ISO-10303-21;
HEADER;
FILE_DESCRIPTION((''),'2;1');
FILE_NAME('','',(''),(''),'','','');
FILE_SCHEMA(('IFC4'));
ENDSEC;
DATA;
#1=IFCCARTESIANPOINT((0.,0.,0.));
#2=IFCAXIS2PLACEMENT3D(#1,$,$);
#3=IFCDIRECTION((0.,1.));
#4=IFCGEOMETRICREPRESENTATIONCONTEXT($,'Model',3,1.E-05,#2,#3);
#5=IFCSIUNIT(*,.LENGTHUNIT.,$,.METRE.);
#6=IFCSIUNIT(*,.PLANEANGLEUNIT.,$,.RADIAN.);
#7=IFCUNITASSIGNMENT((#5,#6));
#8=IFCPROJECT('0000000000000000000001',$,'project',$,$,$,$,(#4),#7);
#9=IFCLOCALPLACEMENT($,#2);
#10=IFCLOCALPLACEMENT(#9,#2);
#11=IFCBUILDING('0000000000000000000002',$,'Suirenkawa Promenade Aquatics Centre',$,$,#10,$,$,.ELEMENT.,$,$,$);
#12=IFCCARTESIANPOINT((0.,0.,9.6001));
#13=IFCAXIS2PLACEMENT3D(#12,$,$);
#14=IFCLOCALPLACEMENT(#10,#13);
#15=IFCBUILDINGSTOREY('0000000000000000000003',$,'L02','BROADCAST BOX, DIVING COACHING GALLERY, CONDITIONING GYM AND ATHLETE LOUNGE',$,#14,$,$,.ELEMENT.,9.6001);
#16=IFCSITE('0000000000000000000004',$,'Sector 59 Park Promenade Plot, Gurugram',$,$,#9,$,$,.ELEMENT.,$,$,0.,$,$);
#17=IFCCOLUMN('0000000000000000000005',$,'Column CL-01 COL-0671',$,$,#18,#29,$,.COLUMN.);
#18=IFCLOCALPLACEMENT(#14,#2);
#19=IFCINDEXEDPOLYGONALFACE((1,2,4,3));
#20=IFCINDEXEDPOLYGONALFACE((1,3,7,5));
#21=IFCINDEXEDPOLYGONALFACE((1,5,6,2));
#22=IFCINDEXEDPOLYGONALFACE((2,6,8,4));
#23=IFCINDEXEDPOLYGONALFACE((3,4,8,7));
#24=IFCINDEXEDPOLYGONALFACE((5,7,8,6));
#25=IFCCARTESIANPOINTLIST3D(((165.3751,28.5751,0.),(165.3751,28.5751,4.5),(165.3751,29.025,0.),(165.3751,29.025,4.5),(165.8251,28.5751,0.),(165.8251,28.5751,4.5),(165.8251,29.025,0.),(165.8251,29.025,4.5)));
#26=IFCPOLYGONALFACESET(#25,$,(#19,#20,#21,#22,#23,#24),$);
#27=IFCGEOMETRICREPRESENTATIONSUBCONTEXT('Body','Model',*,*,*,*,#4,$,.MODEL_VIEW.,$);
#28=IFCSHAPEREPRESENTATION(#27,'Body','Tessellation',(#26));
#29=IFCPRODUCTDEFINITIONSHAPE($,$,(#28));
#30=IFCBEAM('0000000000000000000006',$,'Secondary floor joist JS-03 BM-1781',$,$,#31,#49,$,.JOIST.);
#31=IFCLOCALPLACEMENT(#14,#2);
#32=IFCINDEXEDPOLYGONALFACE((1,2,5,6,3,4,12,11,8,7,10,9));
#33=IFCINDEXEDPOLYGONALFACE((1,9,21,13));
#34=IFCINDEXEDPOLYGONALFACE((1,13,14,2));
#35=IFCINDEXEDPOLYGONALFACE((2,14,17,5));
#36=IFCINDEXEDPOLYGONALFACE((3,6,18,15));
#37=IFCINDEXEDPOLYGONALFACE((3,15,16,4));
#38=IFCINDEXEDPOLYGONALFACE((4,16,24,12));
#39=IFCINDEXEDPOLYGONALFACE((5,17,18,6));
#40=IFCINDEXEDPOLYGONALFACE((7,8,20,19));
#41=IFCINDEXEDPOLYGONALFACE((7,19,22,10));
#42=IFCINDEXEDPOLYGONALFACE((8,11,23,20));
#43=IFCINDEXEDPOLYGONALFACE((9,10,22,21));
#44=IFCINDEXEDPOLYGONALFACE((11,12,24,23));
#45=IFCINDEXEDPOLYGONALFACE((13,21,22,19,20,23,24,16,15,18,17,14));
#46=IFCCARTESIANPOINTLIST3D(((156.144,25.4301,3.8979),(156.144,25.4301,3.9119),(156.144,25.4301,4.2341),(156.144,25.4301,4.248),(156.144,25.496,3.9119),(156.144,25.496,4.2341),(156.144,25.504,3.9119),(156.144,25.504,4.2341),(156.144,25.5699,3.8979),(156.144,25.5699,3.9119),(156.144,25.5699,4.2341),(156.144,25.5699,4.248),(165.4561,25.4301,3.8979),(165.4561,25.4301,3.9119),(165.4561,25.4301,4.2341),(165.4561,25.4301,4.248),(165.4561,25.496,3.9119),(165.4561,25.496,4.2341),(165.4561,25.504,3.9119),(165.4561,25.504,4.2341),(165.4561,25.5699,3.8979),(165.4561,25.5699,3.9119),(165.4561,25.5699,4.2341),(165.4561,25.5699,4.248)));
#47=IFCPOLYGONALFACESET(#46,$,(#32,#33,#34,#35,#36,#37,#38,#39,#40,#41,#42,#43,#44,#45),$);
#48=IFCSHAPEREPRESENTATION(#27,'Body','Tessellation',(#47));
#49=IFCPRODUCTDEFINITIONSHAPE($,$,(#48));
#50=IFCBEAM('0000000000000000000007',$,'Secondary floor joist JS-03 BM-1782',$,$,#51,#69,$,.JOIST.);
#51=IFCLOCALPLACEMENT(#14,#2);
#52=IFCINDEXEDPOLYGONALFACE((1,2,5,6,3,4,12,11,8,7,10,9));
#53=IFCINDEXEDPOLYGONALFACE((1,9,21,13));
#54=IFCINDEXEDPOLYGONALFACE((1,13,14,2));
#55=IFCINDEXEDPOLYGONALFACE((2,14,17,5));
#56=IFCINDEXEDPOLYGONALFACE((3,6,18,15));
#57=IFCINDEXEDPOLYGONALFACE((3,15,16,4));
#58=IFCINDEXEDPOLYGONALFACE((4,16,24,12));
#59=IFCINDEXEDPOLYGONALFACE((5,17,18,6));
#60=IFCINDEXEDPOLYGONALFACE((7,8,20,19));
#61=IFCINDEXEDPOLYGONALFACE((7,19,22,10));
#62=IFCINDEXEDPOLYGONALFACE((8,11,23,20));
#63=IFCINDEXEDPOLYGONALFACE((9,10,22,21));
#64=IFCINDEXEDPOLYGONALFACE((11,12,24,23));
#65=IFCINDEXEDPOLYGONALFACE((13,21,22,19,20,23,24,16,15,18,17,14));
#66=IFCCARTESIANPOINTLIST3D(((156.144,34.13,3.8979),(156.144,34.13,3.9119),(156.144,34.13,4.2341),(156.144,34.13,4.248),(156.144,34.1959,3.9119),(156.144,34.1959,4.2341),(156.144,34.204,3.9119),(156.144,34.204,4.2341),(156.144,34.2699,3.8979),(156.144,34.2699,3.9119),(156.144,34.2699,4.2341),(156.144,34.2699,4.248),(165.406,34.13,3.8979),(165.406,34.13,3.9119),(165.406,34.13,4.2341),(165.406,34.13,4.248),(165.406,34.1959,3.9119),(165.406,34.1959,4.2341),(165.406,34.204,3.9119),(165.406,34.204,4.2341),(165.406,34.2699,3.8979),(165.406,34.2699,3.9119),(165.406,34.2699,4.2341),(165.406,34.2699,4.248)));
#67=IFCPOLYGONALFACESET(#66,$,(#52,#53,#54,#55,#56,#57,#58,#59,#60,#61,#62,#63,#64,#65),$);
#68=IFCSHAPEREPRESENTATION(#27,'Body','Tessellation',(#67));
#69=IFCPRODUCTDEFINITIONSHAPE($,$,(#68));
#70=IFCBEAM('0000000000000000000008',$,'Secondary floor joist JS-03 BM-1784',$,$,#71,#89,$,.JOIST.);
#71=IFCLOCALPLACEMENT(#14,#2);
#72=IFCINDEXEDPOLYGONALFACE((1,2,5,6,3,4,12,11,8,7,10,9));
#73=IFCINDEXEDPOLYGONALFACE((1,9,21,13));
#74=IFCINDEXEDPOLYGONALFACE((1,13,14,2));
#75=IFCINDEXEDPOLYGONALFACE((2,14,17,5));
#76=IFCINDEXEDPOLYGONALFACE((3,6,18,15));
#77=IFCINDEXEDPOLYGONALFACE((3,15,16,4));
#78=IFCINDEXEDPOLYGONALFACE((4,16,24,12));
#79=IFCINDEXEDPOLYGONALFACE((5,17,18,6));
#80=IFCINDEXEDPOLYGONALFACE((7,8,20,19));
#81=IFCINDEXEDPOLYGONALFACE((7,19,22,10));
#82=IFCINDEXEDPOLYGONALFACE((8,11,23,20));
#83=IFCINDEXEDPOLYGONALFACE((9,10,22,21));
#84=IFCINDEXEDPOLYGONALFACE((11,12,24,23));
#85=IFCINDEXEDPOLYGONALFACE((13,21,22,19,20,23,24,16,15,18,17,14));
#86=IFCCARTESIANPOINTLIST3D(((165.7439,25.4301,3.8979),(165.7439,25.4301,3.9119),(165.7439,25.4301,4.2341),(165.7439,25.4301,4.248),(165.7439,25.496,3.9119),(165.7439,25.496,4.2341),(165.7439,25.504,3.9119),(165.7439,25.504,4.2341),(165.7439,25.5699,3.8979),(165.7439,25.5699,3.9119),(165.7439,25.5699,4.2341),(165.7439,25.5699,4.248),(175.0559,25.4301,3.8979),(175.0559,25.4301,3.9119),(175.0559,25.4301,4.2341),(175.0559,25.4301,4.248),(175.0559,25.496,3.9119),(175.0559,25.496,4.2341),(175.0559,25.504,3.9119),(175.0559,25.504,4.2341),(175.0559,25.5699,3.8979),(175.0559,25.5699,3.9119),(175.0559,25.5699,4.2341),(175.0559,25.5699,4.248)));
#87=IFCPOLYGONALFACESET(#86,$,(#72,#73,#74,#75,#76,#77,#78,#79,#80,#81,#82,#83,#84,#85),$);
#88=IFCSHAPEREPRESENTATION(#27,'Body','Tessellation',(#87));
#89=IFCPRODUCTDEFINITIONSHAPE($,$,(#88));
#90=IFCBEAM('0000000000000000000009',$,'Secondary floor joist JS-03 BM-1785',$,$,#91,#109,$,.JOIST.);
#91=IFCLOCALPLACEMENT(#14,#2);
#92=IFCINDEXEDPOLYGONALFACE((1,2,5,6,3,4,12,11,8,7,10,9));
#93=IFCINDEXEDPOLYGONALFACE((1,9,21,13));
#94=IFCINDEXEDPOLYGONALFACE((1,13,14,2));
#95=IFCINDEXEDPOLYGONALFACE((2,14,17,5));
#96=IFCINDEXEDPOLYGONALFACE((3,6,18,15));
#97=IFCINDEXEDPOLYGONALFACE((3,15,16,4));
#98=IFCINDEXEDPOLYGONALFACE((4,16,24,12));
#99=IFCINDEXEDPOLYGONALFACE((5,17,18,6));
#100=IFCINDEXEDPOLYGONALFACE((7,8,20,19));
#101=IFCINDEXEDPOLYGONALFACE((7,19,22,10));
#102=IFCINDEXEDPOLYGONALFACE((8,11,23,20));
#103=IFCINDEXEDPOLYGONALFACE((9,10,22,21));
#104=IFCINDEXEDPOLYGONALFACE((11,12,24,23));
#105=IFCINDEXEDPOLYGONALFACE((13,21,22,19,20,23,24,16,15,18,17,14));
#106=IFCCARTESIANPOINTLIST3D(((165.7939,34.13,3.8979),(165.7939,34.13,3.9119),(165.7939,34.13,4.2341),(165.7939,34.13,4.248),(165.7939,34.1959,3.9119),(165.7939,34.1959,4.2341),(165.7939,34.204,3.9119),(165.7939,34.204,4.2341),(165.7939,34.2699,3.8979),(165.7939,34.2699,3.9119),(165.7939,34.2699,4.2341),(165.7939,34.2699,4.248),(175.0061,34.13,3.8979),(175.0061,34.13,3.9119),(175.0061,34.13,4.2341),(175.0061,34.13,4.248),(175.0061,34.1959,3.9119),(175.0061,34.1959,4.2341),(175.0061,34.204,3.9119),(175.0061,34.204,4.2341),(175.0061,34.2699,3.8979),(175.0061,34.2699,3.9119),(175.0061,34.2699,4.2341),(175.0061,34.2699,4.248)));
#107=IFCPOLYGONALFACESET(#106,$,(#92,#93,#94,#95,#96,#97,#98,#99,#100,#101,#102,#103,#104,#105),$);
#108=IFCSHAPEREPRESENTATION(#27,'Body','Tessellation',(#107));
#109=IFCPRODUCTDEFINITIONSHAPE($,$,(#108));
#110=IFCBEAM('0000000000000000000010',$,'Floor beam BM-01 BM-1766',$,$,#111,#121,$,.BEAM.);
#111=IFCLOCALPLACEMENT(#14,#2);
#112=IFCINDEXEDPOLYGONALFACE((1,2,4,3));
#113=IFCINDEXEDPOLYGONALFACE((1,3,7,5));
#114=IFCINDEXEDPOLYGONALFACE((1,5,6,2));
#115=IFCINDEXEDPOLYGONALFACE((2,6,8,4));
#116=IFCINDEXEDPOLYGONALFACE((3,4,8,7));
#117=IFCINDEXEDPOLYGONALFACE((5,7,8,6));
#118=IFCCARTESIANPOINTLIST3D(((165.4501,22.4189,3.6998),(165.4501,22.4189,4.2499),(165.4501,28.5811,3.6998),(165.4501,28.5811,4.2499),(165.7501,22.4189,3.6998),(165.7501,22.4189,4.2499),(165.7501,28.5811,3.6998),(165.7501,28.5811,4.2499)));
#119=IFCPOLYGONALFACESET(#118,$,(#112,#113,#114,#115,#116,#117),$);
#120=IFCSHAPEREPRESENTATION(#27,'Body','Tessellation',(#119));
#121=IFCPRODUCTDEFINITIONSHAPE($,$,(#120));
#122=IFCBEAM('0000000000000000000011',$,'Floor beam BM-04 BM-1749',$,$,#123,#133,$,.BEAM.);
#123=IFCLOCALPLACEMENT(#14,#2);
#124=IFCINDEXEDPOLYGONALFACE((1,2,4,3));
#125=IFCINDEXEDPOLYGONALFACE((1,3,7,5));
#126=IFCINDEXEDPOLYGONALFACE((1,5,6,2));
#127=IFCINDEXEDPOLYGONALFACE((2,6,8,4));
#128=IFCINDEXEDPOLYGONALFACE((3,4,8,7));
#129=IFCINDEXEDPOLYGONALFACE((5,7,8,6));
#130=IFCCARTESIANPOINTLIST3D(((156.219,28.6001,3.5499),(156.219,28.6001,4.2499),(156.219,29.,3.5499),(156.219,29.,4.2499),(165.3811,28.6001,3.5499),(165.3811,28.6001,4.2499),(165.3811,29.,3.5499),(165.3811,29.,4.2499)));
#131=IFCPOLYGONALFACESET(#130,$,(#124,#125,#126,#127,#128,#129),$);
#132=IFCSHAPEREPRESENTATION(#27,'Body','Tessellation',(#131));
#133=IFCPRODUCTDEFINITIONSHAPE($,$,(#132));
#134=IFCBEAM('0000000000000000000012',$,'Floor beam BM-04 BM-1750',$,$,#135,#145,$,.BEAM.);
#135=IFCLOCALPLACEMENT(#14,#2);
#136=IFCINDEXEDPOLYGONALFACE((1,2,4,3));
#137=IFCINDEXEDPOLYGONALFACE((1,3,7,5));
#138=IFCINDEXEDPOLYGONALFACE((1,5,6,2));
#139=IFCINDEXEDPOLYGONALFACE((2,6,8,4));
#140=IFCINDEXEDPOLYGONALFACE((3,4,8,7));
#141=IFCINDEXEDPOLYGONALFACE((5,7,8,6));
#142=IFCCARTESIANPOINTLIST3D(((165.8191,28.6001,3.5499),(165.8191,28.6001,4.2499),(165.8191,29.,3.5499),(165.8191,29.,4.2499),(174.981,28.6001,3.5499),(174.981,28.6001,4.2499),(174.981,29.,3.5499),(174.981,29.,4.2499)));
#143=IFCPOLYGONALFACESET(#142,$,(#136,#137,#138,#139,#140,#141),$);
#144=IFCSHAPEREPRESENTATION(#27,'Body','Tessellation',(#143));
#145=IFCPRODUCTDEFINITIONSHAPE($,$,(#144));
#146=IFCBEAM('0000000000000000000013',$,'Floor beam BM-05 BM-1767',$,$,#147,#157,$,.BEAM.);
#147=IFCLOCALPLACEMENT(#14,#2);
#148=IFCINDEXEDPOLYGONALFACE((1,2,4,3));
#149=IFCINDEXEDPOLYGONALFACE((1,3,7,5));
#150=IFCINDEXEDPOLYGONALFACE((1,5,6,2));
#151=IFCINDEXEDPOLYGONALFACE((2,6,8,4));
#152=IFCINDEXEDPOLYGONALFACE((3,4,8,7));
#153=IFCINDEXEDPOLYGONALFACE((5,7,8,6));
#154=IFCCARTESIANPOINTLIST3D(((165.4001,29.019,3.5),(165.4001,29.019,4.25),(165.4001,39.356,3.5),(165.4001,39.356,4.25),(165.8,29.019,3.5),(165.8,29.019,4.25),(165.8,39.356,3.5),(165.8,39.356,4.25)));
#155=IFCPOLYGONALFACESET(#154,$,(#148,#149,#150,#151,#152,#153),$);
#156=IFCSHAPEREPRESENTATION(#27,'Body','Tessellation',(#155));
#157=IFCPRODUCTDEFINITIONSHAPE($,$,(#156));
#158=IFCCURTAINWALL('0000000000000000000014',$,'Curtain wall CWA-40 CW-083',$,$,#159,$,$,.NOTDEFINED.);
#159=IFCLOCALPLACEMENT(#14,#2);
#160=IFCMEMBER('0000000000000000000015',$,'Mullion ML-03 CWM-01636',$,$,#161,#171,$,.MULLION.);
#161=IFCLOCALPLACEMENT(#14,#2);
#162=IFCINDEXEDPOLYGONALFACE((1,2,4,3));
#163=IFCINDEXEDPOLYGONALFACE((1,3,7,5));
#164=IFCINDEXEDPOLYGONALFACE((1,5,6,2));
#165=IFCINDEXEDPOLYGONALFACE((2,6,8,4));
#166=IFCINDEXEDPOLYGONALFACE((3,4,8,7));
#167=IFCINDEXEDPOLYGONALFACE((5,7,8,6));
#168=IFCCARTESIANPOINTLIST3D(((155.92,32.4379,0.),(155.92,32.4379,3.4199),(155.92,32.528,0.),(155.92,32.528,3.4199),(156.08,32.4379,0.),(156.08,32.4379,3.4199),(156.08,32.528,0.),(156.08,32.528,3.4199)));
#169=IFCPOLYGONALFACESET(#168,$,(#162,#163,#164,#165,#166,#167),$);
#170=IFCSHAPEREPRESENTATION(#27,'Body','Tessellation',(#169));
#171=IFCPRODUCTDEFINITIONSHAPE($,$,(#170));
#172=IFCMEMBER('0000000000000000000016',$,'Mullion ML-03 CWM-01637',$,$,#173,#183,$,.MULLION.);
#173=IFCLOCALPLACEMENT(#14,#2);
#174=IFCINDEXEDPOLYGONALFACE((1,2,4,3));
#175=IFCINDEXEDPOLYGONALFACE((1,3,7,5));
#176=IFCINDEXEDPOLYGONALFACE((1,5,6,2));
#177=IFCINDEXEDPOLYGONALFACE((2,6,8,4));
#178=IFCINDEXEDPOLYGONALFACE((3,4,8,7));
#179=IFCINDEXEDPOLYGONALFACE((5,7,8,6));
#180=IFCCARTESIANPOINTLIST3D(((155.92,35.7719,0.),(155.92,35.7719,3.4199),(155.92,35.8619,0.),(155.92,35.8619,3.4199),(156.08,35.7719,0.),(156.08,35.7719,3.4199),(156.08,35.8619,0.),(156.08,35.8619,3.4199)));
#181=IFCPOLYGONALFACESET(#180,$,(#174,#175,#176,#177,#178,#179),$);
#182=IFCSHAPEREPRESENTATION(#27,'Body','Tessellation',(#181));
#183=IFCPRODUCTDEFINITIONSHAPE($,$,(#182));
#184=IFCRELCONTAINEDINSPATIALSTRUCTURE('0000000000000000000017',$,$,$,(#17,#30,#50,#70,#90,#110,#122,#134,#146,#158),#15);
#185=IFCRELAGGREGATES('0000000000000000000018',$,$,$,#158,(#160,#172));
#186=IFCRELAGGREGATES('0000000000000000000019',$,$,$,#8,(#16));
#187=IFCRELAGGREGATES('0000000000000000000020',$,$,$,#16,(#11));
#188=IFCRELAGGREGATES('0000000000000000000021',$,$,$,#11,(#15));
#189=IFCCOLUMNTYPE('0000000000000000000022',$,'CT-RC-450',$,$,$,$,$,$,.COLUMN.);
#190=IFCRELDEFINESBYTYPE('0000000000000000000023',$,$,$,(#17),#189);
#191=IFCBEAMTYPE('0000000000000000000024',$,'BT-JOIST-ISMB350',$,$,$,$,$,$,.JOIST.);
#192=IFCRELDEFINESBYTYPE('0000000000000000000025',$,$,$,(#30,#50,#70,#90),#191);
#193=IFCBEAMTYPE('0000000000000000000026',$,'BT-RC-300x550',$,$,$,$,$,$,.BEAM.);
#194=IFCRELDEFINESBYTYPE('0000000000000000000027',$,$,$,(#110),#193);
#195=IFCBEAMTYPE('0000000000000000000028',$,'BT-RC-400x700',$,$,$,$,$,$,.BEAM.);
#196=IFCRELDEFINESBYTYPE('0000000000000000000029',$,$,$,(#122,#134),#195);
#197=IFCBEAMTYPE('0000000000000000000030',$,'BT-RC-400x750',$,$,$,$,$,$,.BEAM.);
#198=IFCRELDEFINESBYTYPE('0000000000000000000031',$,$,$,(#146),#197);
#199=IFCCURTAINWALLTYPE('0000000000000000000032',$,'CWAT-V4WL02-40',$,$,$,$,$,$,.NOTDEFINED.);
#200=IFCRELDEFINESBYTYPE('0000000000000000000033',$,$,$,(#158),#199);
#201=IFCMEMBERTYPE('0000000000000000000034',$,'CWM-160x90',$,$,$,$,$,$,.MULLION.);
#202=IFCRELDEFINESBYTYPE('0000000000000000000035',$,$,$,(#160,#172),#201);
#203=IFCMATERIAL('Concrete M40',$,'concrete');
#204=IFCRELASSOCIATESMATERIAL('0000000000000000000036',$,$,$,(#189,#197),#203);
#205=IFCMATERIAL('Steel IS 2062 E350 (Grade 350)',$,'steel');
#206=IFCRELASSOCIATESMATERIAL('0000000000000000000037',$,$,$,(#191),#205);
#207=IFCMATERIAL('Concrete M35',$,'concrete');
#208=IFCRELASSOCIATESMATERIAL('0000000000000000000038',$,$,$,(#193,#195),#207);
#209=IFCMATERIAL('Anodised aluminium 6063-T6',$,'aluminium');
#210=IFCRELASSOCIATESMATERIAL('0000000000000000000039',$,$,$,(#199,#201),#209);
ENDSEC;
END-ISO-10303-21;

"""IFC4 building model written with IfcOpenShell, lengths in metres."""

from ifc_helpers import new_model, si_unit, direction, frame, origin, origin_2d, place, context, subcontext, project, spatial, rectangle, i_section, extrude, material, material_profile, profile_set, type_object, element, aggregate, save


model = new_model("IFC4")

# Units and contexts
model_context = context("Model", 3, precision=1e-05, world=origin(), true_north=direction((0.0, 1.0)))
body_context = subcontext(model_context, "Body", "Model", "MODEL_VIEW")
ifc_project = project(units=[si_unit("LENGTHUNIT", "METRE"), si_unit("PLANEANGLEUNIT", "RADIAN")], contexts=[model_context])

# Site, building, storey
site_placement = place(None, origin())
site = spatial("IfcSite", under=ifc_project, at=site_placement, Name="Sector 59 Park Promenade Plot, Gurugram", CompositionType="ELEMENT", RefElevation=0.0)
building_placement = place(site_placement, origin())
building = spatial("IfcBuilding", under=site, at=building_placement, Name="Suirenkawa Promenade Aquatics Centre", CompositionType="ELEMENT")
storey_placement = place(building_placement, frame((0.0, 0.0, 9.6001)))
storey = spatial("IfcBuildingStorey", under=building, at=storey_placement, Name="L02", Description="BROADCAST BOX, DIVING COACHING GALLERY, CONDITIONING GYM AND ATHLETE LOUNGE", CompositionType="ELEMENT", Elevation=9.6001)

# Column
ifc_material_1 = material(Name="Concrete M40", Category="concrete")
ifc_material_profile_1 = material_profile(ifc_material_1, rectangle(XDim=0.45, YDim=0.45, at=origin_2d()), Name="RC COL 450x450", Category="concrete")
ifc_profile_set_1 = profile_set([ifc_material_profile_1], Name="Concrete M40")
column_type = type_object("IfcColumnType", Name="CT-RC-450", PredefinedType="COLUMN", material=ifc_profile_set_1)
column_placement = place(storey_placement, frame((165.6001, 28.8, 0.0), z_axis=(0.0, 0.0, 1.0), x_axis=(1.0, 0.0, 0.0)))
element("IfcColumn", 1, at=column_placement, inside=storey, type_object=column_type, Name="Column CL-01 COL-0671", PredefinedType="COLUMN", context=body_context, shape_type="SweptSolid", body=[
    extrude(rectangle(XDim=0.45, YDim=0.45, at=origin_2d()), origin(), (0.0, 0.0, 1.0), 4.5),
])

# Beams
ifc_material_2 = material(Name="Steel IS 2062 E350 (Grade 350)", Category="steel")
ifc_material_profile_2 = material_profile(ifc_material_2, i_section(OverallWidth=0.1399, OverallDepth=0.3501, WebThickness=0.0081, FlangeThickness=0.0139, at=origin_2d()), Name="ISMB 350", Category="steel")
ifc_profile_set_2 = profile_set([ifc_material_profile_2], Name="Steel IS 2062 E350 (Grade 350)")
beam_type_1 = type_object("IfcBeamType", Name="BT-JOIST-ISMB350", PredefinedType="JOIST", material=ifc_profile_set_2)
beam_1_placement = place(storey_placement, frame((156.144, 25.5, 4.073), z_axis=(1.0, 0.0, 0.0), x_axis=(0.0, 1.0, 0.0)))
element("IfcBeam", 2, at=beam_1_placement, inside=storey, type_object=beam_type_1, Name="Secondary floor joist JS-03 BM-1781", PredefinedType="JOIST", context=body_context, shape_type="SweptSolid", body=[
    extrude(i_section(OverallWidth=0.1399, OverallDepth=0.3501, WebThickness=0.0081, FlangeThickness=0.0139, at=origin_2d()), origin(), (0.0, 0.0, 1.0), 9.312),
])
beam_2_placement = place(storey_placement, frame((156.144, 34.2, 4.073), z_axis=(1.0, 0.0, 0.0), x_axis=(0.0, 1.0, 0.0)))
element("IfcBeam", 3, at=beam_2_placement, inside=storey, type_object=beam_type_1, Name="Secondary floor joist JS-03 BM-1782", PredefinedType="JOIST", context=body_context, shape_type="SweptSolid", body=[
    extrude(i_section(OverallWidth=0.1399, OverallDepth=0.3501, WebThickness=0.0081, FlangeThickness=0.0139, at=origin_2d()), origin(), (0.0, 0.0, 1.0), 9.262),
])
beam_3_placement = place(storey_placement, frame((165.7439, 25.5, 4.073), z_axis=(1.0, 0.0, 0.0), x_axis=(0.0, 1.0, 0.0)))
element("IfcBeam", 4, at=beam_3_placement, inside=storey, type_object=beam_type_1, Name="Secondary floor joist JS-03 BM-1784", PredefinedType="JOIST", context=body_context, shape_type="SweptSolid", body=[
    extrude(i_section(OverallWidth=0.1399, OverallDepth=0.3501, WebThickness=0.0081, FlangeThickness=0.0139, at=origin_2d()), origin(), (0.0, 0.0, 1.0), 9.312),
])
beam_4_placement = place(storey_placement, frame((165.7939, 34.2, 4.073), z_axis=(1.0, 0.0, 0.0), x_axis=(0.0, 1.0, 0.0)))
element("IfcBeam", 5, at=beam_4_placement, inside=storey, type_object=beam_type_1, Name="Secondary floor joist JS-03 BM-1785", PredefinedType="JOIST", context=body_context, shape_type="SweptSolid", body=[
    extrude(i_section(OverallWidth=0.1399, OverallDepth=0.3501, WebThickness=0.0081, FlangeThickness=0.0139, at=origin_2d()), origin(), (0.0, 0.0, 1.0), 9.2122),
])
ifc_material_3 = material(Name="Concrete M35", Category="concrete")
ifc_material_profile_3 = material_profile(ifc_material_3, rectangle(XDim=0.3, YDim=0.55, at=origin_2d()), Name="RC BM 300x550", Category="concrete")
ifc_profile_set_3 = profile_set([ifc_material_profile_3], Name="Concrete M35")
beam_type_2 = type_object("IfcBeamType", Name="BT-RC-300x550", PredefinedType="BEAM", material=ifc_profile_set_3)
beam_5_placement = place(storey_placement, frame((165.6001, 22.4189, 3.9749), z_axis=(0.0, 1.0, 0.0), x_axis=(-1.0, 0.0, 0.0)))
element("IfcBeam", 6, at=beam_5_placement, inside=storey, type_object=beam_type_2, Name="Floor beam BM-01 BM-1766", PredefinedType="BEAM", context=body_context, shape_type="SweptSolid", body=[
    extrude(rectangle(XDim=0.3, YDim=0.55, at=origin_2d()), origin(), (0.0, 0.0, 1.0), 6.1621),
])
ifc_material_profile_4 = material_profile(ifc_material_3, rectangle(XDim=0.3999, YDim=0.7, at=origin_2d()), Name="RC BM 400x700", Category="concrete")
ifc_profile_set_4 = profile_set([ifc_material_profile_4], Name="Concrete M35")
beam_type_3 = type_object("IfcBeamType", Name="BT-RC-400x700", PredefinedType="BEAM", material=ifc_profile_set_4)
beam_6_placement = place(storey_placement, frame((156.219, 28.8, 3.8999), z_axis=(1.0, 0.0, 0.0), x_axis=(0.0, 1.0, 0.0)))
element("IfcBeam", 7, at=beam_6_placement, inside=storey, type_object=beam_type_3, Name="Floor beam BM-04 BM-1749", PredefinedType="BEAM", context=body_context, shape_type="SweptSolid", body=[
    extrude(rectangle(XDim=0.3999, YDim=0.7, at=origin_2d()), origin(), (0.0, 0.0, 1.0), 9.1621),
])
beam_7_placement = place(storey_placement, frame((165.8191, 28.8, 3.8999), z_axis=(1.0, 0.0, 0.0), x_axis=(0.0, 1.0, 0.0)))
element("IfcBeam", 8, at=beam_7_placement, inside=storey, type_object=beam_type_3, Name="Floor beam BM-04 BM-1750", PredefinedType="BEAM", context=body_context, shape_type="SweptSolid", body=[
    extrude(rectangle(XDim=0.3999, YDim=0.7, at=origin_2d()), origin(), (0.0, 0.0, 1.0), 9.1619),
])
ifc_material_profile_5 = material_profile(ifc_material_1, rectangle(XDim=0.3999, YDim=0.75, at=origin_2d()), Name="RC BM 400x750", Category="concrete")
ifc_profile_set_5 = profile_set([ifc_material_profile_5], Name="Concrete M40")
beam_type_4 = type_object("IfcBeamType", Name="BT-RC-400x750", PredefinedType="BEAM", material=ifc_profile_set_5)
beam_8_placement = place(storey_placement, frame((165.6001, 29.019, 3.875), z_axis=(0.0, 1.0, 0.0), x_axis=(-1.0, 0.0, 0.0)))
element("IfcBeam", 9, at=beam_8_placement, inside=storey, type_object=beam_type_4, Name="Floor beam BM-05 BM-1767", PredefinedType="BEAM", context=body_context, shape_type="SweptSolid", body=[
    extrude(rectangle(XDim=0.3999, YDim=0.75, at=origin_2d()), origin(), (0.0, 0.0, 1.0), 10.3369),
])

# Curtain wall, members
ifc_material_4 = material(Name="Anodised aluminium 6063-T6", Category="aluminium")
curtain_wall_type = type_object("IfcCurtainWallType", Name="CWAT-V4WL02-40", PredefinedType="NOTDEFINED", material=ifc_material_4)
curtain_wall_placement = place(storey_placement, origin())
curtain_wall = element("IfcCurtainWall", 10, at=curtain_wall_placement, inside=storey, type_object=curtain_wall_type, Name="Curtain wall CWA-40 CW-083", PredefinedType="NOTDEFINED")
ifc_material_profile_6 = material_profile(ifc_material_4, rectangle(XDim=0.0901, YDim=0.1599, at=origin_2d()), Name="ALU MULL 90x160", Category="aluminium")
ifc_profile_set_6 = profile_set([ifc_material_profile_6], Name="Anodised aluminium 6063-T6")
member_type_1 = type_object("IfcMemberType", Name="CWM-160x90", PredefinedType="MULLION", material=ifc_profile_set_6)
member_1_placement = place(storey_placement, frame((156.0, 32.4829, 0.0), z_axis=(0.0, 0.0, 1.0), x_axis=(0.0, 1.0, 0.0)))
member_1 = element("IfcMember", 11, at=member_1_placement, type_object=member_type_1, Name="Mullion ML-03 CWM-01636", PredefinedType="MULLION", context=body_context, shape_type="SweptSolid", body=[
    extrude(rectangle(XDim=0.0901, YDim=0.1599, at=origin_2d()), origin(), (0.0, 0.0, 1.0), 3.4199),
])
member_2_placement = place(storey_placement, frame((156.0, 35.8169, 0.0), z_axis=(0.0, 0.0, 1.0), x_axis=(0.0, 1.0, 0.0)))
member_2 = element("IfcMember", 12, at=member_2_placement, type_object=member_type_1, Name="Mullion ML-03 CWM-01637", PredefinedType="MULLION", context=body_context, shape_type="SweptSolid", body=[
    extrude(rectangle(XDim=0.0901, YDim=0.1599, at=origin_2d()), origin(), (0.0, 0.0, 1.0), 3.4199),
])
aggregate(curtain_wall, [member_1, member_2])

save(model, "model.ifc")
